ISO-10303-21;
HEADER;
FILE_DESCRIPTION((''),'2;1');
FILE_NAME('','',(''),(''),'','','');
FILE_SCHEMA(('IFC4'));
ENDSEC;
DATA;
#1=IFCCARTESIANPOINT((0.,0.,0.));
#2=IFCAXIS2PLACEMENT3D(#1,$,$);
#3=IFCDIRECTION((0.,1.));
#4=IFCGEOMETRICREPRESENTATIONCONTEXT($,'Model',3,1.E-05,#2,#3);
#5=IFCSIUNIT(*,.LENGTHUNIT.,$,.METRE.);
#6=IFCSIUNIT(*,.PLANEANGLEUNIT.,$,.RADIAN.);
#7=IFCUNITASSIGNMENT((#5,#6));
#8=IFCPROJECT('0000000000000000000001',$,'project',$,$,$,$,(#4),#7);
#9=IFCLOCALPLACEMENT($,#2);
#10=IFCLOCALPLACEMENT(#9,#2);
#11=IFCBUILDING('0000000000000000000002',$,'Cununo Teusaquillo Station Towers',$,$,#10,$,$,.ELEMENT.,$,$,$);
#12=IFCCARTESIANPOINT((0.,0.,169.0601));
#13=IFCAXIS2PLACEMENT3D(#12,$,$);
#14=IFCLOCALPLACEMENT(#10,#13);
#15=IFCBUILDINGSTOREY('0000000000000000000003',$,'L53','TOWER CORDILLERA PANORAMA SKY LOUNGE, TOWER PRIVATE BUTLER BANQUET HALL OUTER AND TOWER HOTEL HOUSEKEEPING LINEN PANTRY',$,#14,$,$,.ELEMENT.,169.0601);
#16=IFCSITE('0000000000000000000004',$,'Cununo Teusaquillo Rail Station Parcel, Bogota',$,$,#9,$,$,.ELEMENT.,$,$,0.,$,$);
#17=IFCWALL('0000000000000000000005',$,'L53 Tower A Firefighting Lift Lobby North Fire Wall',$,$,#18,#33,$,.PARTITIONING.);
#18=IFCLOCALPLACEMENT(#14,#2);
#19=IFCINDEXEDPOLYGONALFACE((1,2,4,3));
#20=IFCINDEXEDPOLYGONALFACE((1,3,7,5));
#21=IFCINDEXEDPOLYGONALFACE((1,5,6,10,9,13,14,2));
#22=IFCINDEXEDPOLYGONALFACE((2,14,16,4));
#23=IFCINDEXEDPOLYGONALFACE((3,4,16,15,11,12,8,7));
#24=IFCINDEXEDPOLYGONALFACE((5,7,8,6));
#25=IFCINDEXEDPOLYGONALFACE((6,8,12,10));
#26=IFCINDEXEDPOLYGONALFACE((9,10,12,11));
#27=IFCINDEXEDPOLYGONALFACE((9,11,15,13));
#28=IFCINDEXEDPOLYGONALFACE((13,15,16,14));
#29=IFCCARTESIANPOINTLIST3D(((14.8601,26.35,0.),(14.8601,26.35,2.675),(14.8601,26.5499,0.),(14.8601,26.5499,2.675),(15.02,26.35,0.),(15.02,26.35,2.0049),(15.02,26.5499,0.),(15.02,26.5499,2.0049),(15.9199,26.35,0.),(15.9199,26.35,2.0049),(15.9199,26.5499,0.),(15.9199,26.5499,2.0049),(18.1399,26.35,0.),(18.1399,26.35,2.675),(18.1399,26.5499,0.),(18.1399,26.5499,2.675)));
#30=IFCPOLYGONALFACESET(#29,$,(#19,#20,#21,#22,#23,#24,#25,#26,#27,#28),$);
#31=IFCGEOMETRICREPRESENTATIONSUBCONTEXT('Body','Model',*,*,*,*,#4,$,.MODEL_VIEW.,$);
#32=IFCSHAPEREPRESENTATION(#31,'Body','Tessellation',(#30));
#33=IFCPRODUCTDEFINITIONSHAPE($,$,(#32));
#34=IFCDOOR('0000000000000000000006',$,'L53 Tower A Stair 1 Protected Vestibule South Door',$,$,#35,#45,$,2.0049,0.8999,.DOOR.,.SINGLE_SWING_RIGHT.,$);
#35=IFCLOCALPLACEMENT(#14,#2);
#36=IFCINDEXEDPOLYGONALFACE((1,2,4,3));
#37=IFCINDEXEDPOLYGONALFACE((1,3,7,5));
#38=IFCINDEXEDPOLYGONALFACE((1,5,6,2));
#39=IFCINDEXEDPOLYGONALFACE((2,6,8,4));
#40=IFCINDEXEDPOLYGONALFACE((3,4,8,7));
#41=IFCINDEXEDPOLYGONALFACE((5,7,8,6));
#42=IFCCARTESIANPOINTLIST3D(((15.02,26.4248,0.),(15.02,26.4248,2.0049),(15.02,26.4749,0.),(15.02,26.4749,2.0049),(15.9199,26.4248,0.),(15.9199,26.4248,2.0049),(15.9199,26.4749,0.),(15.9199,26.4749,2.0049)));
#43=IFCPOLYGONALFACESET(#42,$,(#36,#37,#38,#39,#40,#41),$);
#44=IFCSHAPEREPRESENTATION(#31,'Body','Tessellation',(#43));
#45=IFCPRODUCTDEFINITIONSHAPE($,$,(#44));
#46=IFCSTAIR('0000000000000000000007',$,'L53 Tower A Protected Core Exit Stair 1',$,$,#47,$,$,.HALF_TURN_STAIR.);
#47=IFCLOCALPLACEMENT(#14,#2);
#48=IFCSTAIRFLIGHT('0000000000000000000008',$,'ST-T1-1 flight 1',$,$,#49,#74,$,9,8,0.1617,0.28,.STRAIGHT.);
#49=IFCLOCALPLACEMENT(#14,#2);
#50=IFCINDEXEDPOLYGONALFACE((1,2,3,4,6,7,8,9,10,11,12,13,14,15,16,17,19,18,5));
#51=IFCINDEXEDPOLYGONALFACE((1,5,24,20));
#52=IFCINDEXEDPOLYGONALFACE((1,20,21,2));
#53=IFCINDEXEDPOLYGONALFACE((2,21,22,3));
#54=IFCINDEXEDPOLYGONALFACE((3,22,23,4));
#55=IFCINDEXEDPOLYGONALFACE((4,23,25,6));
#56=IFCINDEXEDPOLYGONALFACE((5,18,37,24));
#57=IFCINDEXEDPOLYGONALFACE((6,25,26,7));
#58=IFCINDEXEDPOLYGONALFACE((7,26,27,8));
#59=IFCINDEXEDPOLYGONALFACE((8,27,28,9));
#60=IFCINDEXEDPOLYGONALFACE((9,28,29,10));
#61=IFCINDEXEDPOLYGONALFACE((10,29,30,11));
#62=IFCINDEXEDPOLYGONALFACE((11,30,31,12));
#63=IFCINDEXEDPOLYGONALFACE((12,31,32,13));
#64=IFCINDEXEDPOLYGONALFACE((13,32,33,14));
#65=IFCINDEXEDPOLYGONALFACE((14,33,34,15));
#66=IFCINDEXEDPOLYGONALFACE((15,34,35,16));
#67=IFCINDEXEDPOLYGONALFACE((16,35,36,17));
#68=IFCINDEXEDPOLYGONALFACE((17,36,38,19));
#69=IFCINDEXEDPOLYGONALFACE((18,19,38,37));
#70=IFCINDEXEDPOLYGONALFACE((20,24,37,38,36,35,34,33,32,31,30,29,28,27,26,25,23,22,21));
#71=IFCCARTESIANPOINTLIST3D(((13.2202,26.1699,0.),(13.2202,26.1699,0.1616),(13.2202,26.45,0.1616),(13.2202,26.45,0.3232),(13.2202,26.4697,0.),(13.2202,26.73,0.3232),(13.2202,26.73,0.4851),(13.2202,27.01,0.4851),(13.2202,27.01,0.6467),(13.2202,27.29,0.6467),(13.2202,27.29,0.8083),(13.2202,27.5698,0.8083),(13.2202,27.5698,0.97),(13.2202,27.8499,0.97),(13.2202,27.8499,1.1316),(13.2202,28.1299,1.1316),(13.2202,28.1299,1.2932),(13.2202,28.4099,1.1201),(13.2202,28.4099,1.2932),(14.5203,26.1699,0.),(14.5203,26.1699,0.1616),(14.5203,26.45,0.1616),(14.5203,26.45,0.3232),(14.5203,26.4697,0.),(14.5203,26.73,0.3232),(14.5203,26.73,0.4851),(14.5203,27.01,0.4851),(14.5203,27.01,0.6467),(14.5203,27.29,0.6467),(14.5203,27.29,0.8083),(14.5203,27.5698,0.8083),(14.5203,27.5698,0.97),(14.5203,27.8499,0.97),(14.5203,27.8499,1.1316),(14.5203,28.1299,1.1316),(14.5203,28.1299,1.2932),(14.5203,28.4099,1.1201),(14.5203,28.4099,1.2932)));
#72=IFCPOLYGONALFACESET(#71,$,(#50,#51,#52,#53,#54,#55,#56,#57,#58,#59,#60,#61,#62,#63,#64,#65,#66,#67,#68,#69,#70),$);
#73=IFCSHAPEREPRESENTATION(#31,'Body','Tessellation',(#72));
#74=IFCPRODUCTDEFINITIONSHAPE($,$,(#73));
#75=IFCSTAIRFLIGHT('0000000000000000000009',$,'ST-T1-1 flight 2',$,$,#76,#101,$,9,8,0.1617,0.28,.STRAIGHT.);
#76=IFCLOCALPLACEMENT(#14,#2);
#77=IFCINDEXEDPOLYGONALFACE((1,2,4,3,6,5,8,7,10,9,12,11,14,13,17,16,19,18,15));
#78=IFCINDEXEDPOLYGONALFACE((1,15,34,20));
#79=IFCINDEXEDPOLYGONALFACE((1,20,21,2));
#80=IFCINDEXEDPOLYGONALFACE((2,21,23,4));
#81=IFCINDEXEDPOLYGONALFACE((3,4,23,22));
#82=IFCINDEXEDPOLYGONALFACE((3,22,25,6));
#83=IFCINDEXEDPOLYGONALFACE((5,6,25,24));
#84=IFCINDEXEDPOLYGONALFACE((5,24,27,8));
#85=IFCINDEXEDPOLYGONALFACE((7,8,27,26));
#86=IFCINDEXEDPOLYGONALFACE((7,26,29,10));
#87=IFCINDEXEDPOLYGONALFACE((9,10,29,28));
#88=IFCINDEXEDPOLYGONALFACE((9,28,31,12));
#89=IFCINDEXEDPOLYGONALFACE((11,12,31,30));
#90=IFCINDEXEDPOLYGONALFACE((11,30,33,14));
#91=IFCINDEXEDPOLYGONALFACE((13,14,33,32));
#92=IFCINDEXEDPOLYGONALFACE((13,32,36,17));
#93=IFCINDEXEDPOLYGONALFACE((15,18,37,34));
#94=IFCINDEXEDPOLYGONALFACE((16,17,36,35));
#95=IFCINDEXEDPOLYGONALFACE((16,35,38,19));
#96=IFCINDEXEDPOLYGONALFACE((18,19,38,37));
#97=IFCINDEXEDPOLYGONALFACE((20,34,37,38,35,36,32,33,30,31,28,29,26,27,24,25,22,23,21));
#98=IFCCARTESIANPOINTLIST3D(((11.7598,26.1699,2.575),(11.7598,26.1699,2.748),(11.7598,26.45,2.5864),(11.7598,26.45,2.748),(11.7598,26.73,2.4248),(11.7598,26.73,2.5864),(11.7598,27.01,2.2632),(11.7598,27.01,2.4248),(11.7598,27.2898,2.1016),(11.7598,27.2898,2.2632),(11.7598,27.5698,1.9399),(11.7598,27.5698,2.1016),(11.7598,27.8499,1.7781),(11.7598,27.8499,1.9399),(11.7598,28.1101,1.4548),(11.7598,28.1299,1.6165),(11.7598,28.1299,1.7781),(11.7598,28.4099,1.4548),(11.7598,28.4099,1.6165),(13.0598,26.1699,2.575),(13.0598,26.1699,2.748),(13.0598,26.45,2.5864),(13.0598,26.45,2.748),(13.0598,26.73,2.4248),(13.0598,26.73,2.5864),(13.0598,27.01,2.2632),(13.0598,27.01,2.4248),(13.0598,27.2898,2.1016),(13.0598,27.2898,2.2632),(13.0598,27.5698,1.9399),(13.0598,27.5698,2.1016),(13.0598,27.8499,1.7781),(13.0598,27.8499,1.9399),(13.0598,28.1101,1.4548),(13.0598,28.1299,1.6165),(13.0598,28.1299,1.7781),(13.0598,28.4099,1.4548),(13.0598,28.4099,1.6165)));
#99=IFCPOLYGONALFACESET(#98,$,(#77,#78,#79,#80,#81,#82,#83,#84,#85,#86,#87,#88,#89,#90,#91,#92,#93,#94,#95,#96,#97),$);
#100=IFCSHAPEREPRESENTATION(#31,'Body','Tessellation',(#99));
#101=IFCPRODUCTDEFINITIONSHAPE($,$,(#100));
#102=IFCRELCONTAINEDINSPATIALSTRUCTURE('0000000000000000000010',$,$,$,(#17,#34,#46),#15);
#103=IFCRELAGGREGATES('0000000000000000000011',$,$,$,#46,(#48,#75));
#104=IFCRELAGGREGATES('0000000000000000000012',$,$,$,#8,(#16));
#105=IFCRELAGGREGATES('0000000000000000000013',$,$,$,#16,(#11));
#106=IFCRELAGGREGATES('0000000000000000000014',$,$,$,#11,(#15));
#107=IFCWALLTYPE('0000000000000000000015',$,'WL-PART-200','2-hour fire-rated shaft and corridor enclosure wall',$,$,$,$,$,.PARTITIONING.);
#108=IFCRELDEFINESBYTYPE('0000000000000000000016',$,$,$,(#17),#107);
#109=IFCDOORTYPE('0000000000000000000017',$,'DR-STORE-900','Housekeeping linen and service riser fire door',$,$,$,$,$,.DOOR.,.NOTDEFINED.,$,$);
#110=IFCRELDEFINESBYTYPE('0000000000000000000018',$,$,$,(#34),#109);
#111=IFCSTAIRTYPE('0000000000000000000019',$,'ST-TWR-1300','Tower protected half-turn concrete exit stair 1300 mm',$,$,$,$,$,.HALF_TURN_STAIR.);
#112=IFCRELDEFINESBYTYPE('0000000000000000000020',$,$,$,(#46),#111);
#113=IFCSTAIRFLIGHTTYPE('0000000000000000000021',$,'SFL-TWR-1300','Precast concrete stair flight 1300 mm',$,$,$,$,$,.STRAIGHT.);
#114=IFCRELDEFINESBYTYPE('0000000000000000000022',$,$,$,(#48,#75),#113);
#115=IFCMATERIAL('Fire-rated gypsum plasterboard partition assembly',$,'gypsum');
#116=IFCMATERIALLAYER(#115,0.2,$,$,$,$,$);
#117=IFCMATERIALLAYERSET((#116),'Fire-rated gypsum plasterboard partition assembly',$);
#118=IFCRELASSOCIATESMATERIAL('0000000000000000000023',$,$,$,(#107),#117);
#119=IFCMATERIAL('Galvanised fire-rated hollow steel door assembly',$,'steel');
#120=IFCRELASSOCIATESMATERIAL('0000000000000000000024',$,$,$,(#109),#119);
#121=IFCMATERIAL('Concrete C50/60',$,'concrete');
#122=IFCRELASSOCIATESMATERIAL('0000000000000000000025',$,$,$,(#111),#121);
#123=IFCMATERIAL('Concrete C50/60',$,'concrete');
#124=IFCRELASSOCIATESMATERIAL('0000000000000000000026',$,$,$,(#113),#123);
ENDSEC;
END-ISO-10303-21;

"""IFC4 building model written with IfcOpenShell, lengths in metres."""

from ifc_helpers import new_model, si_unit, direction, frame, frame_2d, origin, place, context, subcontext, project, spatial, polyline, rectangle, outline, extrude, source, transform, mapped, material, layer, layer_set, type_object, element, fill, aggregate, save


model = new_model("IFC4")

# Units and contexts
model_context = context("Model", 3, precision=1e-05, world=origin(), true_north=direction((0.0, 1.0)))
body_context = subcontext(model_context, "Body", "Model", "MODEL_VIEW")
ifc_project = project(units=[si_unit("LENGTHUNIT", "METRE"), si_unit("PLANEANGLEUNIT", "RADIAN")], contexts=[model_context])

# Site, building, storey
site_placement = place(None, origin())
site = spatial("IfcSite", under=ifc_project, at=site_placement, Name="Cununo Teusaquillo Rail Station Parcel, Bogota", CompositionType="ELEMENT", RefElevation=0.0)
building_placement = place(site_placement, origin())
building = spatial("IfcBuilding", under=site, at=building_placement, Name="Cununo Teusaquillo Station Towers", CompositionType="ELEMENT")
storey_placement = place(building_placement, frame((0.0, 0.0, 169.0601)))
storey = spatial("IfcBuildingStorey", under=building, at=storey_placement, Name="L53", Description="TOWER CORDILLERA PANORAMA SKY LOUNGE, TOWER PRIVATE BUTLER BANQUET HALL OUTER AND TOWER HOTEL HOUSEKEEPING LINEN PANTRY", CompositionType="ELEMENT", Elevation=169.0601)

# Shared definitions
shared_shape_1 = source(origin(), body_context, "Body", "SweptSolid", [
    extrude(rectangle(XDim=0.8999, YDim=2.0049, at=frame_2d((0.45, 1.0024))), frame((0.0, 0.0249, 0.0), z_axis=(0.0, -1.0, 0.0), x_axis=(1.0, 0.0, 0.0)), (0.0, 0.0, 1.0), 0.05),
])

# Wall, opening, door
ifc_material_1 = material(Name="Fire-rated gypsum plasterboard partition assembly", Category="gypsum")
ifc_layer_1 = layer(ifc_material_1, 0.2)
ifc_layer_set_1 = layer_set([ifc_layer_1], Name="Fire-rated gypsum plasterboard partition assembly")
wall_type_1 = type_object("IfcWallType", Name="WL-PART-200", Description="2-hour fire-rated shaft and corridor enclosure wall", PredefinedType="PARTITIONING", material=ifc_layer_set_1)
wall_1_placement = place(storey_placement, frame((14.8601, 26.45, 0.0), z_axis=(0.0, 0.0, 1.0), x_axis=(1.0, 0.0, 0.0)))
wall_1 = element("IfcWall", 1, at=wall_1_placement, inside=storey, type_object=wall_type_1, Name="L53 Tower A Firefighting Lift Lobby North Fire Wall", PredefinedType="PARTITIONING", context=body_context, shape_type="SweptSolid", body=[
    extrude(rectangle(XDim=3.2798, YDim=0.2, at=frame_2d((1.6399, 0.0))), origin(), (0.0, 0.0, 1.0), 2.675),
])
shared_shape_2 = source(origin(), body_context, "Body", "SweptSolid", [
    extrude(rectangle(XDim=0.8999, YDim=2.0049, at=frame_2d((0.45, 1.0024))), frame((0.0, 0.1099, 0.0), z_axis=(0.0, -1.0, 0.0), x_axis=(1.0, 0.0, 0.0)), (0.0, 0.0, 1.0), 0.22),
])
opening_1_placement = place(wall_1_placement, frame((0.1599, 0.0, 0.0)))
opening_1 = element("IfcOpeningElement", 2, at=opening_1_placement, cuts=wall_1, PredefinedType="OPENING", context=body_context, shape_type="MappedRepresentation", body=[
    mapped(shared_shape_2, transform((0.0, 0.0, 0.0), x_axis=(1.0, 0.0, 0.0), y_axis=(0.0, 1.0, 0.0), z_axis=(0.0, 0.0, 1.0), scale=1.0)),
])
ifc_material_2 = material(Name="Galvanised fire-rated hollow steel door assembly", Category="steel")
door_type_1 = type_object("IfcDoorType", Name="DR-STORE-900", Description="Housekeeping linen and service riser fire door", OperationType="NOTDEFINED", PredefinedType="DOOR", material=ifc_material_2)
door_1_placement = place(opening_1_placement, origin())
door_1 = element("IfcDoor", 3, at=door_1_placement, inside=storey, type_object=door_type_1, Name="L53 Tower A Stair 1 Protected Vestibule South Door", OperationType="SINGLE_SWING_RIGHT", OverallHeight=2.0049, OverallWidth=0.8999, PredefinedType="DOOR", context=body_context, shape_type="MappedRepresentation", body=[
    mapped(shared_shape_1, transform((0.0, 0.0, 0.0), x_axis=(1.0, 0.0, 0.0), y_axis=(0.0, 1.0, 0.0), z_axis=(0.0, 0.0, 1.0), scale=1.0)),
])
fill(opening_1, door_1)

# Stair, stair flights
ifc_material_3 = material(Name="Concrete C50/60", Category="concrete")
stair_type = type_object("IfcStairType", Name="ST-TWR-1300", Description="Tower protected half-turn concrete exit stair 1300 mm", PredefinedType="HALF_TURN_STAIR", material=ifc_material_3)
stair_placement = place(storey_placement, origin())
stair = element("IfcStair", 4, at=stair_placement, inside=storey, type_object=stair_type, Name="L53 Tower A Protected Core Exit Stair 1", PredefinedType="HALF_TURN_STAIR")
ifc_material_4 = material(Name="Concrete C50/60", Category="concrete")
stair_flight_type = type_object("IfcStairFlightType", Name="SFL-TWR-1300", Description="Precast concrete stair flight 1300 mm", PredefinedType="STRAIGHT", material=ifc_material_4)
stair_flight_1_placement = place(storey_placement, frame((13.8701, 26.1699, 0.0), z_axis=(0.0, 0.0, 1.0), x_axis=(0.0, 1.0, 0.0)))
stair_flight_1 = element("IfcStairFlight", 5, at=stair_flight_1_placement, type_object=stair_flight_type, Name="ST-T1-1 flight 1", NumberOfRisers=9, NumberOfTreads=8, PredefinedType="STRAIGHT", RiserHeight=0.1617, TreadLength=0.28, context=body_context, shape_type="SweptSolid", body=[
    extrude(outline(polyline([(0.0, 0.0), (0.0, 0.1616), (0.28, 0.1616), (0.28, 0.3232), (0.5601, 0.3232), (0.5601, 0.4851), (0.8401, 0.4851), (0.8401, 0.6467), (1.1201, 0.6467), (1.1201, 0.8083), (1.3999, 0.8083), (1.3999, 0.97), (1.6799, 0.97), (1.6799, 1.1316), (1.96, 1.1316), (1.96, 1.2932), (2.24, 1.2932), (2.24, 1.4551), (2.24, 1.1201), (0.2998, 0.0), (0.0, 0.0)])), frame((0.0, 0.6499, 0.0), z_axis=(0.0, -1.0, 0.0), x_axis=(1.0, 0.0, 0.0)), (0.0, 0.0, 1.0), 1.3),
])
stair_flight_2_placement = place(storey_placement, frame((12.4099, 28.4099, 1.4548), z_axis=(0.0, 0.0, 1.0), x_axis=(0.0, -1.0, 0.0)))
stair_flight_2 = element("IfcStairFlight", 6, at=stair_flight_2_placement, type_object=stair_flight_type, Name="ST-T1-1 flight 2", NumberOfRisers=9, NumberOfTreads=8, PredefinedType="STRAIGHT", RiserHeight=0.1617, TreadLength=0.28, context=body_context, shape_type="SweptSolid", body=[
    extrude(outline(polyline([(0.0, 0.0), (0.0, 0.1616), (0.28, 0.1616), (0.28, 0.3232), (0.5601, 0.3232), (0.5601, 0.4851), (0.8401, 0.4851), (0.8401, 0.6467), (1.1201, 0.6467), (1.1201, 0.8083), (1.3999, 0.8083), (1.3999, 0.97), (1.6799, 0.97), (1.6799, 1.1316), (1.96, 1.1316), (1.96, 1.2932), (2.24, 1.2932), (2.24, 1.4551), (2.24, 1.1201), (0.2998, 0.0), (0.0, 0.0)])), frame((0.0, 0.6499, 0.0), z_axis=(0.0, -1.0, 0.0), x_axis=(1.0, 0.0, 0.0)), (0.0, 0.0, 1.0), 1.3),
])
aggregate(stair, [stair_flight_1, stair_flight_2])

save(model, "model.ifc")
